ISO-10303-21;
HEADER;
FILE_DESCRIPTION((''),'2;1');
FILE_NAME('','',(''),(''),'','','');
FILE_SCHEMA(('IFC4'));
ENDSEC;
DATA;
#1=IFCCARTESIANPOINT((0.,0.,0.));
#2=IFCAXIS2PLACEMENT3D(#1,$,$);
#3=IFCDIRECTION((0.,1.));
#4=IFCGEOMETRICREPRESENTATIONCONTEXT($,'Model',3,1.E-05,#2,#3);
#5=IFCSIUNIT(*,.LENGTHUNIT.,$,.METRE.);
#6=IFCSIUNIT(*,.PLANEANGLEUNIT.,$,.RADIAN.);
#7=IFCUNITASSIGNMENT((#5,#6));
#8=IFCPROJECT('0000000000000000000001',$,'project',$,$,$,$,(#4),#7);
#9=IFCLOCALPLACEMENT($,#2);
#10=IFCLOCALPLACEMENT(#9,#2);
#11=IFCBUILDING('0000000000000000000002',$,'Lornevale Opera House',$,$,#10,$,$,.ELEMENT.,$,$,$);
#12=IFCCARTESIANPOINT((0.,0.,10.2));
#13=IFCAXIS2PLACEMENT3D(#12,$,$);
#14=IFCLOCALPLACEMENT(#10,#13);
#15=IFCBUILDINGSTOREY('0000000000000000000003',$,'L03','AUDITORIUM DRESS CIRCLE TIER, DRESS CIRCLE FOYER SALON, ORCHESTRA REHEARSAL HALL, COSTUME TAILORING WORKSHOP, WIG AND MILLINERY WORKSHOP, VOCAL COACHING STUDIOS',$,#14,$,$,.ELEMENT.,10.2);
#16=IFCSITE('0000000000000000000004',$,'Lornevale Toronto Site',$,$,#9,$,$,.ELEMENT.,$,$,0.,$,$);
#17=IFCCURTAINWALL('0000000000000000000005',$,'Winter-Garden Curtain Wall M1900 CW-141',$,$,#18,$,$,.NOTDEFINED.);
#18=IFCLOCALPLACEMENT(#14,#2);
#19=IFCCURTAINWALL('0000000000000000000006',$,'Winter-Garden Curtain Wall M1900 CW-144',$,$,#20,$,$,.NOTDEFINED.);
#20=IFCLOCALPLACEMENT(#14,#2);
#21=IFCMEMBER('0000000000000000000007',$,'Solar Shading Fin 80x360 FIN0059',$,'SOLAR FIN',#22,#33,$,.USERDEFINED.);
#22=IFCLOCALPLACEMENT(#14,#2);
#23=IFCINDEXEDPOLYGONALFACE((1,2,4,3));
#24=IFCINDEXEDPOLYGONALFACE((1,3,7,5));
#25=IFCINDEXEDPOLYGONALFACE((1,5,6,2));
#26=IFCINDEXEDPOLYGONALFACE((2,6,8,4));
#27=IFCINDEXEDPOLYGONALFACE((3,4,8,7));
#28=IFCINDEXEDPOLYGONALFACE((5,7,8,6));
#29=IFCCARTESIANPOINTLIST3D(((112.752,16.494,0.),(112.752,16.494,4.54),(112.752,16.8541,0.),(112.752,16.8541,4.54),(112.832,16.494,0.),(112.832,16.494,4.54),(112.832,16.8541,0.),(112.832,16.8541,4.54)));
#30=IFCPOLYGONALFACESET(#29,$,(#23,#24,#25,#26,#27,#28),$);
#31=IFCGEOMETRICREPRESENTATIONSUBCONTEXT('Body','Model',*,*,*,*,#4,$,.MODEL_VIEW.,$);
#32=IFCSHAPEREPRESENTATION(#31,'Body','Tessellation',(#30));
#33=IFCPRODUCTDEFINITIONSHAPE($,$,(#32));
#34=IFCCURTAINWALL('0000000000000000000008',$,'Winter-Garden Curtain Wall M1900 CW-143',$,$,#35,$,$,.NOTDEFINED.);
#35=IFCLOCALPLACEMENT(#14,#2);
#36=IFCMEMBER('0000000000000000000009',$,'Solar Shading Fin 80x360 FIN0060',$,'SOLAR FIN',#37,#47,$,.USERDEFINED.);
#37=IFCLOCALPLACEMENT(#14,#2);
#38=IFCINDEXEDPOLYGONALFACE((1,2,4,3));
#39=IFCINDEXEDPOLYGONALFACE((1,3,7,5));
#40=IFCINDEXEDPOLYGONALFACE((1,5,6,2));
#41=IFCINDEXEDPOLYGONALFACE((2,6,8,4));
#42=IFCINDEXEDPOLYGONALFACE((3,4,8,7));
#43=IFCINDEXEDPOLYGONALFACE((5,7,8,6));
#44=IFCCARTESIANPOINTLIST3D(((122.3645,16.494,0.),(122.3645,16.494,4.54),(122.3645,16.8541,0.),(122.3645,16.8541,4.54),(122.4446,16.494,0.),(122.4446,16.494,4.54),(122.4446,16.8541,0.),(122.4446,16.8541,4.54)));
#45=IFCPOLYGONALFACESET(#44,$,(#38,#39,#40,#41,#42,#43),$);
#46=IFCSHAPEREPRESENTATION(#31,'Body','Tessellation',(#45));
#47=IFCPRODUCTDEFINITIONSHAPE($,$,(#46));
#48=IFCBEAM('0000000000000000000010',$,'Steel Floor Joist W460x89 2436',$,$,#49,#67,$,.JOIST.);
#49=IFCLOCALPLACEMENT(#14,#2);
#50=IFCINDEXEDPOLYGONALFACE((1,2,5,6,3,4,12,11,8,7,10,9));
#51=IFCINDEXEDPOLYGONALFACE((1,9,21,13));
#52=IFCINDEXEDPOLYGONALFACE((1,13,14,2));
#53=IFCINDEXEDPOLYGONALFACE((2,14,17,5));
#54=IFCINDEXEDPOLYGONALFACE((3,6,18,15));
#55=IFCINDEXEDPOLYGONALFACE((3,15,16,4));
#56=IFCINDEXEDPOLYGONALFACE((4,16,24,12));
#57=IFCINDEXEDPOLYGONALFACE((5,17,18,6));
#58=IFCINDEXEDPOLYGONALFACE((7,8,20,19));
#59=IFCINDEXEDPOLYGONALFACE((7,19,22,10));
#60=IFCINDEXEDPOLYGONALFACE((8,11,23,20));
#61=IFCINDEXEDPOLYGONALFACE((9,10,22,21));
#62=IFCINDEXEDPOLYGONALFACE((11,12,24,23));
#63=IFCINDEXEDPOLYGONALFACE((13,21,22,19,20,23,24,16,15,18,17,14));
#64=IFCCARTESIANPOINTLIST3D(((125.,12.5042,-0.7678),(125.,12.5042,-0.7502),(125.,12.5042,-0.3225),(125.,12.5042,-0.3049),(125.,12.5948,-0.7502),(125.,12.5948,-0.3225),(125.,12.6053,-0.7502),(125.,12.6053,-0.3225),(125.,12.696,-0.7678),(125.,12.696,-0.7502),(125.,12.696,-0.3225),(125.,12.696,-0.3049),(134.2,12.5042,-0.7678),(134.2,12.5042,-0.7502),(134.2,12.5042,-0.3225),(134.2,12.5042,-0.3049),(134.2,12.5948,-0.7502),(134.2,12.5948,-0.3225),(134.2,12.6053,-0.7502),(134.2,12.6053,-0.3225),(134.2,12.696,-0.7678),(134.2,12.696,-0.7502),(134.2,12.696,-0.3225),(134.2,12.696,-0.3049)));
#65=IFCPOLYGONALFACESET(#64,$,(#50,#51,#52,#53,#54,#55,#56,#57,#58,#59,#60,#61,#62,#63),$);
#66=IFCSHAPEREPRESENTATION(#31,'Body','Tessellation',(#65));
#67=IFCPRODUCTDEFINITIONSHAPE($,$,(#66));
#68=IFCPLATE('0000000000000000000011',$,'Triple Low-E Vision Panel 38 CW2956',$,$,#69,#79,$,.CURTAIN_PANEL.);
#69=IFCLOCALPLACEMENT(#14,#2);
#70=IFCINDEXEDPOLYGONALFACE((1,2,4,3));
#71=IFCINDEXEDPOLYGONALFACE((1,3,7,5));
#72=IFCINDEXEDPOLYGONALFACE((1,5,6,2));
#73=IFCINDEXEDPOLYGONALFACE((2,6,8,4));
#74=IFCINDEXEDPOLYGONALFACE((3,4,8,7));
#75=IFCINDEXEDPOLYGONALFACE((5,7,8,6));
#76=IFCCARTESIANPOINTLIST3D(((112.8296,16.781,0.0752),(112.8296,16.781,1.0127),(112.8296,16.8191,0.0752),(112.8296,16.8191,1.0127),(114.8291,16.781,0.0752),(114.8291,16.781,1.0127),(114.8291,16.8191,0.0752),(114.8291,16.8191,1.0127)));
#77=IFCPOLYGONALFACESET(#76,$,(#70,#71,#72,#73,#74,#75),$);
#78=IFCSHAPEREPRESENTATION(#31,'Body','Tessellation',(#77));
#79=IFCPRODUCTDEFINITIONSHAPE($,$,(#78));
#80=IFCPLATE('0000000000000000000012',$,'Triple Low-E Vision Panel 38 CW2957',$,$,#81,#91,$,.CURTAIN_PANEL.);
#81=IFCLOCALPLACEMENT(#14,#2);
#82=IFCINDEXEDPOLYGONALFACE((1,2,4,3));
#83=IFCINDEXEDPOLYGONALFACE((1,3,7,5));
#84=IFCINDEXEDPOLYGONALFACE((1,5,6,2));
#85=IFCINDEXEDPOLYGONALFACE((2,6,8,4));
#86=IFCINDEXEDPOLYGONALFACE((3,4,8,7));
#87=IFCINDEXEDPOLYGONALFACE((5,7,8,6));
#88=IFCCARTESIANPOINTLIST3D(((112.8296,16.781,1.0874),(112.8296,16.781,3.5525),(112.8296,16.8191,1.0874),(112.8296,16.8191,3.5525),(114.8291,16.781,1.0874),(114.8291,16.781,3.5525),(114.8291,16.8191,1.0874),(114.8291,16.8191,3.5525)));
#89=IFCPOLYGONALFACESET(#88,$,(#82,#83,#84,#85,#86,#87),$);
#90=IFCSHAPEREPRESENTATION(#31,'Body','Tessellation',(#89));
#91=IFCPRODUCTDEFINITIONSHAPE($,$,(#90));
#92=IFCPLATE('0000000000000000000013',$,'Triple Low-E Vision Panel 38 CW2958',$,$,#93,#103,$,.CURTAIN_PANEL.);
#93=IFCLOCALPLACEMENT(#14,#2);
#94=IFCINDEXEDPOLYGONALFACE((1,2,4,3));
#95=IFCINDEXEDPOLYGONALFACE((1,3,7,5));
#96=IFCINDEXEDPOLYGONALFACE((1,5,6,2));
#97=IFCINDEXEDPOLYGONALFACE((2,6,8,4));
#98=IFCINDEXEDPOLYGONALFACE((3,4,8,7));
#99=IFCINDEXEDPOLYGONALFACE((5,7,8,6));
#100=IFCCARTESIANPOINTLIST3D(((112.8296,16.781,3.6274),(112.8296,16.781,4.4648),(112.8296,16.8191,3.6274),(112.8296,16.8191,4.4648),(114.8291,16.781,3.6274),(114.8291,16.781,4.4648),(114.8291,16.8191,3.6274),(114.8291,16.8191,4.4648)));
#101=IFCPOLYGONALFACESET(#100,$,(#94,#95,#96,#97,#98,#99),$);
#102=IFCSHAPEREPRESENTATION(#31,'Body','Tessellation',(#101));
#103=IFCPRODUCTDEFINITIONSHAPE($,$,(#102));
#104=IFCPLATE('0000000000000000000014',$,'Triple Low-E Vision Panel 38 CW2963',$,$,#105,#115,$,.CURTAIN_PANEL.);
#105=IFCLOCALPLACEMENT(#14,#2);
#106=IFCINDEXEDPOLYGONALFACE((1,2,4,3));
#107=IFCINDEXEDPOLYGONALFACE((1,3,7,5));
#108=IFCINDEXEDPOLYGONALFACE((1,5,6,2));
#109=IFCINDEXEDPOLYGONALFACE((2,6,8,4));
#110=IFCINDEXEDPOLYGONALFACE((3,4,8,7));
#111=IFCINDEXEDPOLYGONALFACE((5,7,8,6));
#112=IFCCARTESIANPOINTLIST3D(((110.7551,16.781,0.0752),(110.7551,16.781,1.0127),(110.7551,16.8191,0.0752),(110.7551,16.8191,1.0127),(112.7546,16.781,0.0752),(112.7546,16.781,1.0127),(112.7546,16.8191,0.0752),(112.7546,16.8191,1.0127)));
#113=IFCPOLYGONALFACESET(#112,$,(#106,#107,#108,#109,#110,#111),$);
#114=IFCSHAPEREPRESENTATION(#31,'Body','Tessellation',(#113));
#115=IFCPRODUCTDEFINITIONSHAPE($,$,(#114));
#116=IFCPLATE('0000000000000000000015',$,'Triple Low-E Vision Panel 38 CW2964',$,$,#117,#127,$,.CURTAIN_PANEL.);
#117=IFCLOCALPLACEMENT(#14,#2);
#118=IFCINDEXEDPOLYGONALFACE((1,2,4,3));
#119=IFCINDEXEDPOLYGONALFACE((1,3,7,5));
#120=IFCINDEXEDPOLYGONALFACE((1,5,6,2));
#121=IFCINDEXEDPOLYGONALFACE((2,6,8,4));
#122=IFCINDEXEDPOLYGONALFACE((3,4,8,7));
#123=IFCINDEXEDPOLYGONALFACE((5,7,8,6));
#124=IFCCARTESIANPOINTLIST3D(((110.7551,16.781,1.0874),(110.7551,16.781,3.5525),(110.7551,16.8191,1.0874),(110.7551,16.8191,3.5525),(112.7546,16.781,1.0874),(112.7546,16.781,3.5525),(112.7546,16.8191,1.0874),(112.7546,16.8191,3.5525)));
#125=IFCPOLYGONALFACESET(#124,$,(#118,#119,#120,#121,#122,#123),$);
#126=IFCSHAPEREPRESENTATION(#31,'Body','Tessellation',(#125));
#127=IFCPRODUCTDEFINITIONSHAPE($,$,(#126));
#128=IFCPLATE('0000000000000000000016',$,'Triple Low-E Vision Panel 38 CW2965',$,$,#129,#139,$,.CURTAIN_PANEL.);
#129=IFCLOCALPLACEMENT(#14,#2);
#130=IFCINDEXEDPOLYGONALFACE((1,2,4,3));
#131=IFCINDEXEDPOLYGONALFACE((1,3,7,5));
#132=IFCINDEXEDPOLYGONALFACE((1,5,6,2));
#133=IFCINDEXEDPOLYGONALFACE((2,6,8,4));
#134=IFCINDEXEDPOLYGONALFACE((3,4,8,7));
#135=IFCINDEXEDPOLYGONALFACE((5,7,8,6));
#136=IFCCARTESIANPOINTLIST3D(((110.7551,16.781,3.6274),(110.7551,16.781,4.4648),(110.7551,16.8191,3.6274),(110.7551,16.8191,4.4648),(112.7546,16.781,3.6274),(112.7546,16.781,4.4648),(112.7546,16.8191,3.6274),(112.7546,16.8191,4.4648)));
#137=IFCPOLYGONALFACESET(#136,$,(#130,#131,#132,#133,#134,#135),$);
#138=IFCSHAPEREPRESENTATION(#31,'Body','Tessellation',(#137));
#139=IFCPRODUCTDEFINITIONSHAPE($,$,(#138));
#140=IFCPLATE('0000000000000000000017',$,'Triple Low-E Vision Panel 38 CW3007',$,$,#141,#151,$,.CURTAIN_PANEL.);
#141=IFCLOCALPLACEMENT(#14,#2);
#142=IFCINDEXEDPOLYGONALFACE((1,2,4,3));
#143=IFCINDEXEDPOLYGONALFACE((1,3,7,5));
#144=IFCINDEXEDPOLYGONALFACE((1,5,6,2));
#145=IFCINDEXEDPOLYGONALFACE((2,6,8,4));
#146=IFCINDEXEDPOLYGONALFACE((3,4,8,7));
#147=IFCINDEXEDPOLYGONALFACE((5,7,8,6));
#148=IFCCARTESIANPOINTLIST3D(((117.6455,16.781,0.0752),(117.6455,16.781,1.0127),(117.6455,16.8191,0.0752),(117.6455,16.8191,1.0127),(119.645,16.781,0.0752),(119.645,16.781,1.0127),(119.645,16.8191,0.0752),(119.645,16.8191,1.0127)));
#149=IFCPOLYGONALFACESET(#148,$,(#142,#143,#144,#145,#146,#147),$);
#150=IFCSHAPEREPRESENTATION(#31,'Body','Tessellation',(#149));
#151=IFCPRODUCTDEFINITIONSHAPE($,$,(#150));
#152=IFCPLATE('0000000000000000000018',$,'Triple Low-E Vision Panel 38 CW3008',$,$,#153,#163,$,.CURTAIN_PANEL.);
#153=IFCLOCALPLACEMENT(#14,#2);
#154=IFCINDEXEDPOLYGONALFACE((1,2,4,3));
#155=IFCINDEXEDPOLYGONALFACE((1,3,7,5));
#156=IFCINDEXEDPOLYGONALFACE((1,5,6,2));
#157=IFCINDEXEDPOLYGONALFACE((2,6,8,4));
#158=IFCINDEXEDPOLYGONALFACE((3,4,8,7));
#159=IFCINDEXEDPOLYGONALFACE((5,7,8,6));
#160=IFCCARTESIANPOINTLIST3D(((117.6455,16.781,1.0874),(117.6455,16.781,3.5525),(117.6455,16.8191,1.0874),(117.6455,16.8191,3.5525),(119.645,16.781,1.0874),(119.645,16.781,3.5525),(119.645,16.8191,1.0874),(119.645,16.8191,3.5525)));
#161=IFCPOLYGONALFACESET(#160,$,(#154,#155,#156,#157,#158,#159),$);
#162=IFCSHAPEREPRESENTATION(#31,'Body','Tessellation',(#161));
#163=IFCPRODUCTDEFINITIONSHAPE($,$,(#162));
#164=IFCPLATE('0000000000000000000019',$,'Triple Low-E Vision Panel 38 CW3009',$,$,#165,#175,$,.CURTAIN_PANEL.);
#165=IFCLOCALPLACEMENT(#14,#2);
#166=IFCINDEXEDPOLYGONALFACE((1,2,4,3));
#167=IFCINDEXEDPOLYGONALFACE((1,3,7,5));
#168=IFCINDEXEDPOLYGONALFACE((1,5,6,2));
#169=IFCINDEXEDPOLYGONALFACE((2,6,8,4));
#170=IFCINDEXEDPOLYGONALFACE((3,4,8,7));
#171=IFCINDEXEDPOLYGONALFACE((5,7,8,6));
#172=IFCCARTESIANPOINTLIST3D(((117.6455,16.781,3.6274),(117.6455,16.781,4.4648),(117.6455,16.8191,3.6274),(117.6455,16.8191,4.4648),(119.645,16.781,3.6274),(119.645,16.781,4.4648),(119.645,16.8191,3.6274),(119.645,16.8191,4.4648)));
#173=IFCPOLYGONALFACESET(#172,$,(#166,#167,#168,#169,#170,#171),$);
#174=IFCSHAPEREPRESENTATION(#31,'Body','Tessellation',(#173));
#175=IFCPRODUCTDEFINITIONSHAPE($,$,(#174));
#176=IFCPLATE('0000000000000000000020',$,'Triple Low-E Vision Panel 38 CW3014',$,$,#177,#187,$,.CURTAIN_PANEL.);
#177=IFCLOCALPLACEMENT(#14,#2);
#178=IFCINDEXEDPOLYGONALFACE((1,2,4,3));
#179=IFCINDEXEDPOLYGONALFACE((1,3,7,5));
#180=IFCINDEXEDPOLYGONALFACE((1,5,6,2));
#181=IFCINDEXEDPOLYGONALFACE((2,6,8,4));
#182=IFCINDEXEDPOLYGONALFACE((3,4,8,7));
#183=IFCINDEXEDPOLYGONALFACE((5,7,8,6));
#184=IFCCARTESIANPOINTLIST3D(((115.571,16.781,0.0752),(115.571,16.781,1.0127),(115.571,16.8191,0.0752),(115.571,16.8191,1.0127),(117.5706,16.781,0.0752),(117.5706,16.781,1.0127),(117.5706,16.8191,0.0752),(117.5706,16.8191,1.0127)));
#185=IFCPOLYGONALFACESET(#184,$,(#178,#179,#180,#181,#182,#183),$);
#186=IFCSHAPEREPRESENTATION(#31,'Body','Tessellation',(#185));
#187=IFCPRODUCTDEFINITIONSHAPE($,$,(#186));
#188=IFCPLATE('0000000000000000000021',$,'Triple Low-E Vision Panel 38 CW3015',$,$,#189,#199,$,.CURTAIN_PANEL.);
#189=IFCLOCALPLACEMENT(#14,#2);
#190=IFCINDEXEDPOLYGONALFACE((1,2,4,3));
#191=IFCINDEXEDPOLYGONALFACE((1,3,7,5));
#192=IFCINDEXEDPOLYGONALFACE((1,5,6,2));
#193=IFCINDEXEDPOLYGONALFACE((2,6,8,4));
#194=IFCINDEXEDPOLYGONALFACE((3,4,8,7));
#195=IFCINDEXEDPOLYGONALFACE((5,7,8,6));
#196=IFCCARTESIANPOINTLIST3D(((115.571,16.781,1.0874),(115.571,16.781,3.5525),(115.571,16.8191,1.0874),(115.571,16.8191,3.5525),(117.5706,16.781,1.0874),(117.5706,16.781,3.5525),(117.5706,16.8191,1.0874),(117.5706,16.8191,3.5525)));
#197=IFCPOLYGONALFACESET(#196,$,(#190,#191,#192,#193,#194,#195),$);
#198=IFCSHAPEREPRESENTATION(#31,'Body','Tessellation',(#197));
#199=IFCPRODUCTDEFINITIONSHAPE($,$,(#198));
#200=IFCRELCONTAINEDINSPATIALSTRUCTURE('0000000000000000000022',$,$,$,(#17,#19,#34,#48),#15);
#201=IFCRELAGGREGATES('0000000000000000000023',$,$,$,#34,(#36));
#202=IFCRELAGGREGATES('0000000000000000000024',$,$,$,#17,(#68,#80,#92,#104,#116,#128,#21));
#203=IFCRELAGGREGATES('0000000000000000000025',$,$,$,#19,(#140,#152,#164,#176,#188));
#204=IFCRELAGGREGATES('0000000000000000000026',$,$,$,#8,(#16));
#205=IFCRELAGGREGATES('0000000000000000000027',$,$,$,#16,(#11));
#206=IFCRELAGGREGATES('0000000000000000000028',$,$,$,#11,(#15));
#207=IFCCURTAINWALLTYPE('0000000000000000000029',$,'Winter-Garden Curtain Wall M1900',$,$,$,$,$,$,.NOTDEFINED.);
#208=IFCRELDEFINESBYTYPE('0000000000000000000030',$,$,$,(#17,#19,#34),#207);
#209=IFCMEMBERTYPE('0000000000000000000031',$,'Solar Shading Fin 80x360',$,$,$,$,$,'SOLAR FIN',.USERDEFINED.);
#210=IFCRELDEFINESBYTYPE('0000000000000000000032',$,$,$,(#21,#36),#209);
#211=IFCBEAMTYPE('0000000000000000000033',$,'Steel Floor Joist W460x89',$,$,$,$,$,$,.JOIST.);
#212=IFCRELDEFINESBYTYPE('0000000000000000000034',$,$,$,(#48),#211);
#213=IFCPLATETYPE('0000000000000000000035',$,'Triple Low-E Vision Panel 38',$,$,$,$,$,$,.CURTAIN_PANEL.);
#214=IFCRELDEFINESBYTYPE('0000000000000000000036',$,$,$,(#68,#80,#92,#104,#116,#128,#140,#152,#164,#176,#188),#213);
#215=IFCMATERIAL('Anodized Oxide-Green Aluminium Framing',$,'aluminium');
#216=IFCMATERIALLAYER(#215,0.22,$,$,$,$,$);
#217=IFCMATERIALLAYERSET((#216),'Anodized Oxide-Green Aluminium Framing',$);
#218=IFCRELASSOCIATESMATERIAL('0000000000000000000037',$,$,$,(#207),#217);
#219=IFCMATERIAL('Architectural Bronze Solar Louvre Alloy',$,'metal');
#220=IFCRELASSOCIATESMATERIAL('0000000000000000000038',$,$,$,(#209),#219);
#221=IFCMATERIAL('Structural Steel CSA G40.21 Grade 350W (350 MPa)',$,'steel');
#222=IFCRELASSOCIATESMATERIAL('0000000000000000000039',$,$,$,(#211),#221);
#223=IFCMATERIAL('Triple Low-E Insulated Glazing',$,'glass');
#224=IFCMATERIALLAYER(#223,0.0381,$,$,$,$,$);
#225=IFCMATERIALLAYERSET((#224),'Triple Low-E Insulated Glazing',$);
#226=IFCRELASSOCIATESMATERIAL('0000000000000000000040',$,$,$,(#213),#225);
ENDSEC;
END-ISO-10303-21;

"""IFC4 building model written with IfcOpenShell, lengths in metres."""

from ifc_helpers import new_model, si_unit, direction, frame, origin, origin_2d, place, context, subcontext, project, spatial, rectangle, i_section, extrude, material, layer, layer_set, material_profile, profile_set, type_object, element, aggregate, save


model = new_model("IFC4")

# Units and contexts
model_context = context("Model", 3, precision=1e-05, world=origin(), true_north=direction((0.0, 1.0)))
body_context = subcontext(model_context, "Body", "Model", "MODEL_VIEW")
ifc_project = project(units=[si_unit("LENGTHUNIT", "METRE"), si_unit("PLANEANGLEUNIT", "RADIAN")], contexts=[model_context])

# Site, building, storey
site_placement = place(None, origin())
site = spatial("IfcSite", under=ifc_project, at=site_placement, Name="Lornevale Toronto Site", CompositionType="ELEMENT", RefElevation=0.0)
building_placement = place(site_placement, origin())
building = spatial("IfcBuilding", under=site, at=building_placement, Name="Lornevale Opera House", CompositionType="ELEMENT")
storey_placement = place(building_placement, frame((0.0, 0.0, 10.2)))
storey = spatial("IfcBuildingStorey", under=building, at=storey_placement, Name="L03", Description="AUDITORIUM DRESS CIRCLE TIER, DRESS CIRCLE FOYER SALON, ORCHESTRA REHEARSAL HALL, COSTUME TAILORING WORKSHOP, WIG AND MILLINERY WORKSHOP, VOCAL COACHING STUDIOS", CompositionType="ELEMENT", Elevation=10.2)

# Curtain wall
ifc_material_1 = material(Name="Anodized Oxide-Green Aluminium Framing", Category="aluminium")
ifc_layer_1 = layer(ifc_material_1, 0.22)
ifc_layer_set_1 = layer_set([ifc_layer_1], Name="Anodized Oxide-Green Aluminium Framing")
curtain_wall_type = type_object("IfcCurtainWallType", Name="Winter-Garden Curtain Wall M1900", PredefinedType="NOTDEFINED", material=ifc_layer_set_1)
curtain_wall_1_placement = place(storey_placement, origin())
curtain_wall_1 = element("IfcCurtainWall", 1, at=curtain_wall_1_placement, inside=storey, type_object=curtain_wall_type, Name="Winter-Garden Curtain Wall M1900 CW-141", PredefinedType="NOTDEFINED")

# Curtain wall
curtain_wall_2_placement = place(storey_placement, origin())
curtain_wall_2 = element("IfcCurtainWall", 2, at=curtain_wall_2_placement, inside=storey, type_object=curtain_wall_type, Name="Winter-Garden Curtain Wall M1900 CW-144", PredefinedType="NOTDEFINED")

# Member
ifc_material_2 = material(Name="Architectural Bronze Solar Louvre Alloy", Category="metal")
ifc_material_profile_1 = material_profile(ifc_material_2, rectangle(XDim=0.0801, YDim=0.3601, at=origin_2d()), Name="FIN80x360")
ifc_profile_set_1 = profile_set([ifc_material_profile_1], Name="Architectural Bronze Solar Louvre Alloy")
member_type_1 = type_object("IfcMemberType", Name="Solar Shading Fin 80x360", ElementType="SOLAR FIN", PredefinedType="USERDEFINED", material=ifc_profile_set_1)
member_1_placement = place(storey_placement, frame((112.792, 16.6741, 0.0), z_axis=(0.0, 0.0, 1.0), x_axis=(-1.0, 0.0, 0.0)))
member_1 = element("IfcMember", 3, at=member_1_placement, type_object=member_type_1, Name="Solar Shading Fin 80x360 FIN0059", ObjectType="SOLAR FIN", PredefinedType="USERDEFINED", context=body_context, shape_type="SweptSolid", body=[
    extrude(rectangle(XDim=0.0801, YDim=0.3601, at=origin_2d()), origin(), (0.0, 0.0, 1.0), 4.54),
])

# Curtain wall, member
curtain_wall_3_placement = place(storey_placement, origin())
curtain_wall_3 = element("IfcCurtainWall", 4, at=curtain_wall_3_placement, inside=storey, type_object=curtain_wall_type, Name="Winter-Garden Curtain Wall M1900 CW-143", PredefinedType="NOTDEFINED")
member_2_placement = place(storey_placement, frame((122.4045, 16.6741, 0.0), z_axis=(0.0, 0.0, 1.0), x_axis=(-1.0, 0.0, 0.0)))
member_2 = element("IfcMember", 5, at=member_2_placement, type_object=member_type_1, Name="Solar Shading Fin 80x360 FIN0060", ObjectType="SOLAR FIN", PredefinedType="USERDEFINED", context=body_context, shape_type="SweptSolid", body=[
    extrude(rectangle(XDim=0.0801, YDim=0.3601, at=origin_2d()), origin(), (0.0, 0.0, 1.0), 4.54),
])
aggregate(curtain_wall_3, [member_2])

# Beam
ifc_material_3 = material(Name="Structural Steel CSA G40.21 Grade 350W (350 MPa)", Category="steel")
ifc_material_profile_2 = material_profile(ifc_material_3, i_section(OverallWidth=0.1919, OverallDepth=0.4629, WebThickness=0.0105, FlangeThickness=0.0176, at=origin_2d()), Name="W460x89")
ifc_profile_set_2 = profile_set([ifc_material_profile_2], Name="Structural Steel CSA G40.21 Grade 350W (350 MPa)")
beam_type_1 = type_object("IfcBeamType", Name="Steel Floor Joist W460x89", PredefinedType="JOIST", material=ifc_profile_set_2)
beam_1_placement = place(storey_placement, frame((125.0, 12.6001, -0.5364), z_axis=(1.0, 0.0, 0.0), x_axis=(0.0, 1.0, 0.0)))
element("IfcBeam", 6, at=beam_1_placement, inside=storey, type_object=beam_type_1, Name="Steel Floor Joist W460x89 2436", PredefinedType="JOIST", context=body_context, shape_type="SweptSolid", body=[
    extrude(i_section(OverallWidth=0.1919, OverallDepth=0.4629, WebThickness=0.0105, FlangeThickness=0.0176, at=origin_2d()), origin(), (0.0, 0.0, 1.0), 9.2),
])

# Plates
ifc_material_4 = material(Name="Triple Low-E Insulated Glazing", Category="glass")
ifc_layer_2 = layer(ifc_material_4, 0.0381)
ifc_layer_set_2 = layer_set([ifc_layer_2], Name="Triple Low-E Insulated Glazing")
plate_type = type_object("IfcPlateType", Name="Triple Low-E Vision Panel 38", PredefinedType="CURTAIN_PANEL", material=ifc_layer_set_2)
plate_1_placement = place(storey_placement, frame((113.8293, 16.8, 0.0752), z_axis=(0.0, 0.0, 1.0), x_axis=(-1.0, 0.0, 0.0)))
plate_1 = element("IfcPlate", 7, at=plate_1_placement, type_object=plate_type, Name="Triple Low-E Vision Panel 38 CW2956", PredefinedType="CURTAIN_PANEL", context=body_context, shape_type="SweptSolid", body=[
    extrude(rectangle(XDim=1.9995, YDim=0.0381, at=origin_2d()), origin(), (0.0, 0.0, 1.0), 0.9375),
])
plate_2_placement = place(storey_placement, frame((113.8293, 16.8, 1.0874), z_axis=(0.0, 0.0, 1.0), x_axis=(-1.0, 0.0, 0.0)))
plate_2 = element("IfcPlate", 8, at=plate_2_placement, type_object=plate_type, Name="Triple Low-E Vision Panel 38 CW2957", PredefinedType="CURTAIN_PANEL", context=body_context, shape_type="SweptSolid", body=[
    extrude(rectangle(XDim=1.9995, YDim=0.0381, at=origin_2d()), origin(), (0.0, 0.0, 1.0), 2.4651),
])
plate_3_placement = place(storey_placement, frame((113.8293, 16.8, 3.6274), z_axis=(0.0, 0.0, 1.0), x_axis=(-1.0, 0.0, 0.0)))
plate_3 = element("IfcPlate", 9, at=plate_3_placement, type_object=plate_type, Name="Triple Low-E Vision Panel 38 CW2958", PredefinedType="CURTAIN_PANEL", context=body_context, shape_type="SweptSolid", body=[
    extrude(rectangle(XDim=1.9995, YDim=0.0381, at=origin_2d()), origin(), (0.0, 0.0, 1.0), 0.8374),
])
plate_4_placement = place(storey_placement, frame((111.7549, 16.8, 0.0752), z_axis=(0.0, 0.0, 1.0), x_axis=(-1.0, 0.0, 0.0)))
plate_4 = element("IfcPlate", 10, at=plate_4_placement, type_object=plate_type, Name="Triple Low-E Vision Panel 38 CW2963", PredefinedType="CURTAIN_PANEL", context=body_context, shape_type="SweptSolid", body=[
    extrude(rectangle(XDim=1.9995, YDim=0.0381, at=origin_2d()), origin(), (0.0, 0.0, 1.0), 0.9375),
])
plate_5_placement = place(storey_placement, frame((111.7549, 16.8, 1.0874), z_axis=(0.0, 0.0, 1.0), x_axis=(-1.0, 0.0, 0.0)))
plate_5 = element("IfcPlate", 11, at=plate_5_placement, type_object=plate_type, Name="Triple Low-E Vision Panel 38 CW2964", PredefinedType="CURTAIN_PANEL", context=body_context, shape_type="SweptSolid", body=[
    extrude(rectangle(XDim=1.9995, YDim=0.0381, at=origin_2d()), origin(), (0.0, 0.0, 1.0), 2.4651),
])
plate_6_placement = place(storey_placement, frame((111.7549, 16.8, 3.6274), z_axis=(0.0, 0.0, 1.0), x_axis=(-1.0, 0.0, 0.0)))
plate_6 = element("IfcPlate", 12, at=plate_6_placement, type_object=plate_type, Name="Triple Low-E Vision Panel 38 CW2965", PredefinedType="CURTAIN_PANEL", context=body_context, shape_type="SweptSolid", body=[
    extrude(rectangle(XDim=1.9995, YDim=0.0381, at=origin_2d()), origin(), (0.0, 0.0, 1.0), 0.8374),
])
aggregate(curtain_wall_1, [plate_1, plate_2, plate_3, plate_4, plate_5, plate_6, member_1])
plate_7_placement = place(storey_placement, frame((118.6453, 16.8, 0.0752), z_axis=(0.0, 0.0, 1.0), x_axis=(-1.0, 0.0, 0.0)))
plate_7 = element("IfcPlate", 13, at=plate_7_placement, type_object=plate_type, Name="Triple Low-E Vision Panel 38 CW3007", PredefinedType="CURTAIN_PANEL", context=body_context, shape_type="SweptSolid", body=[
    extrude(rectangle(XDim=1.9995, YDim=0.0381, at=origin_2d()), origin(), (0.0, 0.0, 1.0), 0.9375),
])
plate_8_placement = place(storey_placement, frame((118.6453, 16.8, 1.0874), z_axis=(0.0, 0.0, 1.0), x_axis=(-1.0, 0.0, 0.0)))
plate_8 = element("IfcPlate", 14, at=plate_8_placement, type_object=plate_type, Name="Triple Low-E Vision Panel 38 CW3008", PredefinedType="CURTAIN_PANEL", context=body_context, shape_type="SweptSolid", body=[
    extrude(rectangle(XDim=1.9995, YDim=0.0381, at=origin_2d()), origin(), (0.0, 0.0, 1.0), 2.4651),
])
plate_9_placement = place(storey_placement, frame((118.6453, 16.8, 3.6274), z_axis=(0.0, 0.0, 1.0), x_axis=(-1.0, 0.0, 0.0)))
plate_9 = element("IfcPlate", 15, at=plate_9_placement, type_object=plate_type, Name="Triple Low-E Vision Panel 38 CW3009", PredefinedType="CURTAIN_PANEL", context=body_context, shape_type="SweptSolid", body=[
    extrude(rectangle(XDim=1.9995, YDim=0.0381, at=origin_2d()), origin(), (0.0, 0.0, 1.0), 0.8374),
])
plate_10_placement = place(storey_placement, frame((116.5708, 16.8, 0.0752), z_axis=(0.0, 0.0, 1.0), x_axis=(-1.0, 0.0, 0.0)))
plate_10 = element("IfcPlate", 16, at=plate_10_placement, type_object=plate_type, Name="Triple Low-E Vision Panel 38 CW3014", PredefinedType="CURTAIN_PANEL", context=body_context, shape_type="SweptSolid", body=[
    extrude(rectangle(XDim=1.9995, YDim=0.0381, at=origin_2d()), origin(), (0.0, 0.0, 1.0), 0.9375),
])
plate_11_placement = place(storey_placement, frame((116.5708, 16.8, 1.0874), z_axis=(0.0, 0.0, 1.0), x_axis=(-1.0, 0.0, 0.0)))
plate_11 = element("IfcPlate", 17, at=plate_11_placement, type_object=plate_type, Name="Triple Low-E Vision Panel 38 CW3015", PredefinedType="CURTAIN_PANEL", context=body_context, shape_type="SweptSolid", body=[
    extrude(rectangle(XDim=1.9995, YDim=0.0381, at=origin_2d()), origin(), (0.0, 0.0, 1.0), 2.4651),
])
aggregate(curtain_wall_2, [plate_7, plate_8, plate_9, plate_10, plate_11])

save(model, "model.ifc")
